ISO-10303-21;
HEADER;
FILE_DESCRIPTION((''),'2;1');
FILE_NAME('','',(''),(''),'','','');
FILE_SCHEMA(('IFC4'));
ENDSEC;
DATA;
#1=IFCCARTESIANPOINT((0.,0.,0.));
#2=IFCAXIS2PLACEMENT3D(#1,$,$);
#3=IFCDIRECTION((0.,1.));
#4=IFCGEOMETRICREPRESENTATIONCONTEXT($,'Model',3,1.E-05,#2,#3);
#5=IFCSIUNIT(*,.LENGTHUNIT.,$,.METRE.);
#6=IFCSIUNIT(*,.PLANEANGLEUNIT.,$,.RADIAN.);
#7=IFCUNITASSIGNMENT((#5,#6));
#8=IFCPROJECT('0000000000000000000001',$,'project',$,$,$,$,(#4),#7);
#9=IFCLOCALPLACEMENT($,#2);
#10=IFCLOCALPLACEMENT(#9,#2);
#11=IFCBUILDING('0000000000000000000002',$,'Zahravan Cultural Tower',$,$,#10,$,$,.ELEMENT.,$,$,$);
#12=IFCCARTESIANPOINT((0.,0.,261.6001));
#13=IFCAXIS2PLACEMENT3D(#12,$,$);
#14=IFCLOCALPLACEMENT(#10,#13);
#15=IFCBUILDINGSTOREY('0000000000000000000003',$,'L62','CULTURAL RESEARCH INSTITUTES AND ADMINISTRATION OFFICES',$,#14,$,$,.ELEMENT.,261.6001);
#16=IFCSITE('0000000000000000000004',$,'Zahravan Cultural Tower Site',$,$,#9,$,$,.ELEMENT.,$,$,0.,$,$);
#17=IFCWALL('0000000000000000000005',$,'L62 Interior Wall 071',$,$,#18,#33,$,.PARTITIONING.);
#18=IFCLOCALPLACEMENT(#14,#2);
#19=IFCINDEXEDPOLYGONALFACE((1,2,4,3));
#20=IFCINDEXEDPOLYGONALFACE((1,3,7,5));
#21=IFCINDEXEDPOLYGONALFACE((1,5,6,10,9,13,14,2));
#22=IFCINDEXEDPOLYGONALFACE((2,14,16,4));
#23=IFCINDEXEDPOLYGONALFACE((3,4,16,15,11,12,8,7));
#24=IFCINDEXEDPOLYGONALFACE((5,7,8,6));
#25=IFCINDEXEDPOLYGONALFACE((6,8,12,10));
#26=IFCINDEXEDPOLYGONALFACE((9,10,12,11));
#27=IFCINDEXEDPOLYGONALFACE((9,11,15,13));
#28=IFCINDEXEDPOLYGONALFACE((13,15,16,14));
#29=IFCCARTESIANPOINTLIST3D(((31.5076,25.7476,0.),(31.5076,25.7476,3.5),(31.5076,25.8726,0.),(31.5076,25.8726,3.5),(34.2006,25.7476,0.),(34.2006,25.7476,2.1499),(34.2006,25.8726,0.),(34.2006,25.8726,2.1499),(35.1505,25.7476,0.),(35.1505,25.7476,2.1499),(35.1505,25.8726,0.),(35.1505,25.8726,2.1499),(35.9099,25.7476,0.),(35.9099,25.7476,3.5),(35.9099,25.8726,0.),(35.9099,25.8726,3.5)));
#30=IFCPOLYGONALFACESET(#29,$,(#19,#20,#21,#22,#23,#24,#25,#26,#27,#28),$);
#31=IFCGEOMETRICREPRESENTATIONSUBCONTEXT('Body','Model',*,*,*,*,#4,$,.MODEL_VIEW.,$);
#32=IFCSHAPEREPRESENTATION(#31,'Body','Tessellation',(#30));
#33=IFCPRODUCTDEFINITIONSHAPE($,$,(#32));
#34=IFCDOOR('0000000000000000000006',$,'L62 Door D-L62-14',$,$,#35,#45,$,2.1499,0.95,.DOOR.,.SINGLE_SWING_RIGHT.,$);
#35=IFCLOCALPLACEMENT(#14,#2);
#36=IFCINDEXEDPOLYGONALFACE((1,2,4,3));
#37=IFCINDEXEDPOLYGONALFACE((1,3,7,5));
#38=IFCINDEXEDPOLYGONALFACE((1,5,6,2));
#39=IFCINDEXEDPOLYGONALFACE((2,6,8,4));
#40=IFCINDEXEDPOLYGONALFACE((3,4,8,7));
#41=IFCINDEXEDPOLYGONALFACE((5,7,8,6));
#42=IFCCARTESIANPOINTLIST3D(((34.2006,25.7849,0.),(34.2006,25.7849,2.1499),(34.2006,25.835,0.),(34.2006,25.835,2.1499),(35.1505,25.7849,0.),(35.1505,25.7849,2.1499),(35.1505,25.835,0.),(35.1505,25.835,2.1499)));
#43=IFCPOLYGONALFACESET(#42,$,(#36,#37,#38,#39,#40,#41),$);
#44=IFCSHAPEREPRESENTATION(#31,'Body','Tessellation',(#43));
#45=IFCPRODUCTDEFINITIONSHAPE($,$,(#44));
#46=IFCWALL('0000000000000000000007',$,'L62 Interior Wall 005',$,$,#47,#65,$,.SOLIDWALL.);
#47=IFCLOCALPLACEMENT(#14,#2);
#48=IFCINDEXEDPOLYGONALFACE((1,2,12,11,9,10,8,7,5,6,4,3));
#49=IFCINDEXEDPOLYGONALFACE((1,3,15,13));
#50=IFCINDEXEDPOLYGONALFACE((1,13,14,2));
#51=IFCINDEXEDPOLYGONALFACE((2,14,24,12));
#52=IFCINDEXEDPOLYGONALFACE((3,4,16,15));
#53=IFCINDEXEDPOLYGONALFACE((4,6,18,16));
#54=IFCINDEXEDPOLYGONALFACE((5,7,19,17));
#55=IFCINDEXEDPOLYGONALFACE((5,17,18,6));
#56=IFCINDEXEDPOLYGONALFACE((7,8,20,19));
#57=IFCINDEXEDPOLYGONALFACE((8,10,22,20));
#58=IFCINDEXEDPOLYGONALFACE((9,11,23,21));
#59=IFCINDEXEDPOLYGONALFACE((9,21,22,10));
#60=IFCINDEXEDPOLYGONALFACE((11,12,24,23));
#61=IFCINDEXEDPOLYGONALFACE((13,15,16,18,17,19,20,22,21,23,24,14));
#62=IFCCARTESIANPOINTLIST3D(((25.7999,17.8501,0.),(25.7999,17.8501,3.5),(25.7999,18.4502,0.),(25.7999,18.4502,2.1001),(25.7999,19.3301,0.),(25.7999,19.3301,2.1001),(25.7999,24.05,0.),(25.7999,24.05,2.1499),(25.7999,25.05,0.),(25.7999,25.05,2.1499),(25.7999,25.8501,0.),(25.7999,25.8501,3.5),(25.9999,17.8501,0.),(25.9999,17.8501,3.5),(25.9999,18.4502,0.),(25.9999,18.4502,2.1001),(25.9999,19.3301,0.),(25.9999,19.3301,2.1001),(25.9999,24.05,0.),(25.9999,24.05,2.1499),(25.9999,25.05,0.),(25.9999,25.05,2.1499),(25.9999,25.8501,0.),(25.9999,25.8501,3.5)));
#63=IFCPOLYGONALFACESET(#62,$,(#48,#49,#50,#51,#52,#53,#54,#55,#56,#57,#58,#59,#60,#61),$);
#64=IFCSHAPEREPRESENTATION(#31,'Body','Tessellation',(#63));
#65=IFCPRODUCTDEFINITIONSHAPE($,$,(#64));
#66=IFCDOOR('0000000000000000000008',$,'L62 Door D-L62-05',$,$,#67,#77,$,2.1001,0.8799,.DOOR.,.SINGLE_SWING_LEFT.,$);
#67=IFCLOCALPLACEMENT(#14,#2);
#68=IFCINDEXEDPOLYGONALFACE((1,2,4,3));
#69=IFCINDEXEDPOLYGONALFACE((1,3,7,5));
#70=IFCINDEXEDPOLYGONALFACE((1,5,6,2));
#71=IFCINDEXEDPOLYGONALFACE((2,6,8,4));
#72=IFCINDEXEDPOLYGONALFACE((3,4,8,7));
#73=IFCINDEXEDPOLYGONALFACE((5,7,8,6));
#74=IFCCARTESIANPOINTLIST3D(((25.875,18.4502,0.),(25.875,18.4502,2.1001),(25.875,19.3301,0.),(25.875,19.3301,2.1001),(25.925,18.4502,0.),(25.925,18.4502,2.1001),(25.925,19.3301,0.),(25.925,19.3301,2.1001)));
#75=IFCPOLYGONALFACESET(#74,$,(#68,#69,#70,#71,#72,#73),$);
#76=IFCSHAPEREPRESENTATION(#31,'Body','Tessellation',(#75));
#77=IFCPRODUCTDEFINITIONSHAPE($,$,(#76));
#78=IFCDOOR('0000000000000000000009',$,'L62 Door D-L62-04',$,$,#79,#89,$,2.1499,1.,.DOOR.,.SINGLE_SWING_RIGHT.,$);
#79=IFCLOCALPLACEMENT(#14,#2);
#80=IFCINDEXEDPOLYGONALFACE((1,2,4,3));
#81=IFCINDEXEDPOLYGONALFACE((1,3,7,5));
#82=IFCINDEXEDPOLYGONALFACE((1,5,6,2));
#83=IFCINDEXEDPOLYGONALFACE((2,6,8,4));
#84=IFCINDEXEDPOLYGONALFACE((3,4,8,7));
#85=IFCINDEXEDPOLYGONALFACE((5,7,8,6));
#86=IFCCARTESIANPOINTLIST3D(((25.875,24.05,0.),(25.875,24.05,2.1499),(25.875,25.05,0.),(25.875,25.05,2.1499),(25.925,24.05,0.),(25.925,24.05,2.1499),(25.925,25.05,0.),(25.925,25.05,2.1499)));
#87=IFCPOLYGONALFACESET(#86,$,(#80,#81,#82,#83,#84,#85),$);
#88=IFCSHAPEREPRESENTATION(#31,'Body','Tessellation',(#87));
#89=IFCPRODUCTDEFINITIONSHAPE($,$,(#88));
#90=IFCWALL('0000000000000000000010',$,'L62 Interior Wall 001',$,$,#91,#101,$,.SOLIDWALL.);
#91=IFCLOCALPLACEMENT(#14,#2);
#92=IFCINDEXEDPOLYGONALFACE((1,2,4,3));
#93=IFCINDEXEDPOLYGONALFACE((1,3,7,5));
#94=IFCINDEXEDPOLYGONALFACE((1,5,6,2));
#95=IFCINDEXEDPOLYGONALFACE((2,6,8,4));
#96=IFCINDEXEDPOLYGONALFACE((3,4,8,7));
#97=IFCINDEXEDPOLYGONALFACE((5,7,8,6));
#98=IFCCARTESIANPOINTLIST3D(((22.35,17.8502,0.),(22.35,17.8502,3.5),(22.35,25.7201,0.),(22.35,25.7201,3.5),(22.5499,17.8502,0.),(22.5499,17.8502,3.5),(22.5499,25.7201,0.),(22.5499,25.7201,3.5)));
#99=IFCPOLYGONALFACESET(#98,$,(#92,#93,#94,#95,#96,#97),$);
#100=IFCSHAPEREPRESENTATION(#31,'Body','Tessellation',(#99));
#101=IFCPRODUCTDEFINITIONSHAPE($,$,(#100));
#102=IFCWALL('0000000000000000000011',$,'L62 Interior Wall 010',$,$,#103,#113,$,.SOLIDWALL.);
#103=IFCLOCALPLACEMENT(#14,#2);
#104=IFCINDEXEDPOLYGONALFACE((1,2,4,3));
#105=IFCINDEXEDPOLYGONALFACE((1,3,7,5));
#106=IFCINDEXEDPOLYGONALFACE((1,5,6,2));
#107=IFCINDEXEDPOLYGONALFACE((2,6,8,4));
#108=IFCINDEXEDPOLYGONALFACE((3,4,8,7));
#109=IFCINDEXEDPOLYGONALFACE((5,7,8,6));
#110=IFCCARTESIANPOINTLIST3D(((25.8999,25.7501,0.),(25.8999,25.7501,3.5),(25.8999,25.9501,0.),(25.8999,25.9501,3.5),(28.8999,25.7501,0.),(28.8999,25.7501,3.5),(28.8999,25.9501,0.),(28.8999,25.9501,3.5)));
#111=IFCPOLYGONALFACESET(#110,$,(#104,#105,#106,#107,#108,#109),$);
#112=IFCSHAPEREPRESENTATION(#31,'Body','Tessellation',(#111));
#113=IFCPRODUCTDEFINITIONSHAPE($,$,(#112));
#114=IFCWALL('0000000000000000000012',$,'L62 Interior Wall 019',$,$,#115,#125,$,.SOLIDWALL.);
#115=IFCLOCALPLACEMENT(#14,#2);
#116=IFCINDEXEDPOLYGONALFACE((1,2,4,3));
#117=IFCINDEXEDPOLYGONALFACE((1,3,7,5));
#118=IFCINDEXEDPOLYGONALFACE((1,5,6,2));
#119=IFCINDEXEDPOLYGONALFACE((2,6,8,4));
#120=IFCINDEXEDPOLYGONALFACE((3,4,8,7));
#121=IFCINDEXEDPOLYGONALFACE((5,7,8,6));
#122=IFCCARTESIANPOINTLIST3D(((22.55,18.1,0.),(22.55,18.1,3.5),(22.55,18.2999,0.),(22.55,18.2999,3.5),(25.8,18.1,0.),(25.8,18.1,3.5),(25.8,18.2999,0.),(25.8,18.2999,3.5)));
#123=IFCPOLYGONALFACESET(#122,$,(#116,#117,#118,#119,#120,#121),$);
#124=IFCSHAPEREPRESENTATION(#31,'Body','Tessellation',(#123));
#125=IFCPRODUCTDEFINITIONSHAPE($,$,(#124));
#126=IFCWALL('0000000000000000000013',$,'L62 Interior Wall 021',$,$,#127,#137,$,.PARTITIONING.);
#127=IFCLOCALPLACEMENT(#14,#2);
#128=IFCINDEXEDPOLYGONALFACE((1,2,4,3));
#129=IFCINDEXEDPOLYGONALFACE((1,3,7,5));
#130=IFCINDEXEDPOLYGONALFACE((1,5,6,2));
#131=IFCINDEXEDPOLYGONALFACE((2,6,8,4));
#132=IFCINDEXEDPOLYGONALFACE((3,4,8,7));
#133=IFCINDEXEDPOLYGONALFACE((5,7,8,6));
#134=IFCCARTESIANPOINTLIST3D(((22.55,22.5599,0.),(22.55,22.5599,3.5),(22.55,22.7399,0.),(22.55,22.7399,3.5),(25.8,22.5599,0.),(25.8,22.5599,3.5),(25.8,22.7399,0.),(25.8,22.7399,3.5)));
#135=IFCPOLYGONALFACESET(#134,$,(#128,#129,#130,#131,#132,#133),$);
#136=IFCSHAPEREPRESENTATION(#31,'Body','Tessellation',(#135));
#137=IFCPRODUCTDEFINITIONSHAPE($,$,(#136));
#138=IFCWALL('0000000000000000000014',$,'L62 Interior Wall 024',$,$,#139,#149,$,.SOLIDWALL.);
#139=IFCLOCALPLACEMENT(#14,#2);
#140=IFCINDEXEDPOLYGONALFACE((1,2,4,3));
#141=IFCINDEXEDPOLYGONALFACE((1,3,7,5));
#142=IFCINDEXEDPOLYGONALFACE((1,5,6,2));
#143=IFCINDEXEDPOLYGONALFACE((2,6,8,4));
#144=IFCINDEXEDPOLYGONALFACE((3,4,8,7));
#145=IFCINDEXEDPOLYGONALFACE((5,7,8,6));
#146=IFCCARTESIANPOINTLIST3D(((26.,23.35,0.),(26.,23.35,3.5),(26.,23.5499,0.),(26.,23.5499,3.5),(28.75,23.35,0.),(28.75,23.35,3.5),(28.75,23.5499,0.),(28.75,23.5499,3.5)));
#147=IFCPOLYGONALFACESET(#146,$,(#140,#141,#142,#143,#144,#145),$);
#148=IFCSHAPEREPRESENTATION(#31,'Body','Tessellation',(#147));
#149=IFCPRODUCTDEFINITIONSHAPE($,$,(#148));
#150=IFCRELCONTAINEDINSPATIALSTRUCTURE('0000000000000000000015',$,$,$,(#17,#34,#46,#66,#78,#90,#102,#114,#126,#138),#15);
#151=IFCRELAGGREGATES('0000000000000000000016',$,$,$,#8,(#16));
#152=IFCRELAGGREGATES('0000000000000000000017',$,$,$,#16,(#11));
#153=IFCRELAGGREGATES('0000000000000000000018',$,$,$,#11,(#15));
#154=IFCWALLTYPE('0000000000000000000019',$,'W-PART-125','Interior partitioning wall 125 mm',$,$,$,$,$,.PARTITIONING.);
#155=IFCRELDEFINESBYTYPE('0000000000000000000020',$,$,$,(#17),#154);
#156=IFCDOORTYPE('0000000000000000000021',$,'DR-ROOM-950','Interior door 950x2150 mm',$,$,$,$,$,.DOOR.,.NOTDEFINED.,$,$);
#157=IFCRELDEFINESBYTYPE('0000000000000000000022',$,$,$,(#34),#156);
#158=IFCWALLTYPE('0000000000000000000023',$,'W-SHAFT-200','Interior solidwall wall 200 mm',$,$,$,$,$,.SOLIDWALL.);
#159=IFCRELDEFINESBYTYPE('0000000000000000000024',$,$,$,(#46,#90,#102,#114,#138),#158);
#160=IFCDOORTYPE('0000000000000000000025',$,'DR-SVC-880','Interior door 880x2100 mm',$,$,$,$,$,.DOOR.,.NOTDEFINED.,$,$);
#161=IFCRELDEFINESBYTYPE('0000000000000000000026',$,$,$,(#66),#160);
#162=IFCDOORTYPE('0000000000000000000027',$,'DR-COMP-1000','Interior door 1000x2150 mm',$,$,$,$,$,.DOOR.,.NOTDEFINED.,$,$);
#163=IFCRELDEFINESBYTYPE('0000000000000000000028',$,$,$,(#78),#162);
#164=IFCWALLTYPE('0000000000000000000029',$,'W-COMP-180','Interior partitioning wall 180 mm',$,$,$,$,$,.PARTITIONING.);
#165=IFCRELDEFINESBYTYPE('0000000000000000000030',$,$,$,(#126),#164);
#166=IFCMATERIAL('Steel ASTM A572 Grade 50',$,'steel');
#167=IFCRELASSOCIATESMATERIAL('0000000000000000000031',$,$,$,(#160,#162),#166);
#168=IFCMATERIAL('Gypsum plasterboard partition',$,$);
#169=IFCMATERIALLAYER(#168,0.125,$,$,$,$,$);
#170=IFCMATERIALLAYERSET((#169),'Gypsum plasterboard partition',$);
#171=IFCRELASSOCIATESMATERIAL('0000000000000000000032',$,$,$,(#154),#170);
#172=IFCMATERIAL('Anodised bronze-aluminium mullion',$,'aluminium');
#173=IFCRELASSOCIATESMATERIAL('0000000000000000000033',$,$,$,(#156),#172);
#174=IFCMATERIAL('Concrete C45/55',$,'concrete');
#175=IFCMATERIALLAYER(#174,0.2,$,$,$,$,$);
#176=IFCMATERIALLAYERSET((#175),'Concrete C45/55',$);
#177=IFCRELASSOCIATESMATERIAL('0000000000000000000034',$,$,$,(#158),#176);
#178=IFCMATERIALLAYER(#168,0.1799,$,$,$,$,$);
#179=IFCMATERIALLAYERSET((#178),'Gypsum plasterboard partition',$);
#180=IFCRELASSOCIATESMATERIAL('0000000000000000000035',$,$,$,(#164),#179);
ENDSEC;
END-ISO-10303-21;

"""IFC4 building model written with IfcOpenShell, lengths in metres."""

from ifc_helpers import new_model, si_unit, direction, frame, frame_2d, origin, place, context, subcontext, project, spatial, rectangle, extrude, source, transform, mapped, material, layer, layer_set, type_object, element, fill, save


model = new_model("IFC4")

# Units and contexts
model_context = context("Model", 3, precision=1e-05, world=origin(), true_north=direction((0.0, 1.0)))
body_context = subcontext(model_context, "Body", "Model", "MODEL_VIEW")
ifc_project = project(units=[si_unit("LENGTHUNIT", "METRE"), si_unit("PLANEANGLEUNIT", "RADIAN")], contexts=[model_context])

# Site, building, storey
site_placement = place(None, origin())
site = spatial("IfcSite", under=ifc_project, at=site_placement, Name="Zahravan Cultural Tower Site", CompositionType="ELEMENT", RefElevation=0.0)
building_placement = place(site_placement, origin())
building = spatial("IfcBuilding", under=site, at=building_placement, Name="Zahravan Cultural Tower", CompositionType="ELEMENT")
storey_placement = place(building_placement, frame((0.0, 0.0, 261.6001)))
storey = spatial("IfcBuildingStorey", under=building, at=storey_placement, Name="L62", Description="CULTURAL RESEARCH INSTITUTES AND ADMINISTRATION OFFICES", CompositionType="ELEMENT", Elevation=261.6001)

# Shared definitions
ifc_material_1 = material(Name="Steel ASTM A572 Grade 50", Category="steel")
door_type_1 = type_object("IfcDoorType", Name="DR-SVC-880", Description="Interior door 880x2100 mm", OperationType="NOTDEFINED", PredefinedType="DOOR", material=ifc_material_1)
shared_shape_1 = source(origin(), body_context, "Body", "SweptSolid", [
    extrude(rectangle(XDim=0.8799, YDim=2.1001, at=frame_2d((0.4399, 1.05))), frame((0.0, 0.0249, 0.0), z_axis=(0.0, -1.0, 0.0), x_axis=(1.0, 0.0, 0.0)), (0.0, 0.0, 1.0), 0.05),
])

# Wall, opening, door
ifc_material_2 = material(Name="Gypsum plasterboard partition")
ifc_layer_1 = layer(ifc_material_2, 0.125)
ifc_layer_set_1 = layer_set([ifc_layer_1], Name="Gypsum plasterboard partition")
wall_type_1 = type_object("IfcWallType", Name="W-PART-125", Description="Interior partitioning wall 125 mm", PredefinedType="PARTITIONING", material=ifc_layer_set_1)
ifc_material_3 = material(Name="Anodised bronze-aluminium mullion", Category="aluminium")
door_type_2 = type_object("IfcDoorType", Name="DR-ROOM-950", Description="Interior door 950x2150 mm", OperationType="NOTDEFINED", PredefinedType="DOOR", material=ifc_material_3)
shared_shape_2 = source(origin(), body_context, "Body", "SweptSolid", [
    extrude(rectangle(XDim=0.95, YDim=2.1499, at=frame_2d((0.4751, 1.075))), frame((0.0, 0.0249, 0.0), z_axis=(0.0, -1.0, 0.0), x_axis=(1.0, 0.0, 0.0)), (0.0, 0.0, 1.0), 0.05),
])
wall_1_placement = place(storey_placement, frame((31.5076, 25.8101, 0.0), z_axis=(0.0, 0.0, 1.0), x_axis=(1.0, 0.0, 0.0)))
wall_1 = element("IfcWall", 1, at=wall_1_placement, inside=storey, type_object=wall_type_1, Name="L62 Interior Wall 071", PredefinedType="PARTITIONING", context=body_context, shape_type="SweptSolid", body=[
    extrude(rectangle(XDim=4.4023, YDim=0.125, at=frame_2d((2.2012, 0.0))), origin(), (0.0, 0.0, 1.0), 3.5),
])
opening_1_placement = place(wall_1_placement, frame((2.6929, 0.0, 0.0)))
opening_1 = element("IfcOpeningElement", 2, at=opening_1_placement, cuts=wall_1, PredefinedType="OPENING", context=body_context, shape_type="SweptSolid", body=[
    extrude(rectangle(XDim=0.95, YDim=2.1499, at=frame_2d((0.4751, 1.075))), frame((0.0, 0.0725, 0.0), z_axis=(0.0, -1.0, 0.0), x_axis=(1.0, 0.0, 0.0)), (0.0, 0.0, 1.0), 0.145),
])
door_1_placement = place(opening_1_placement, origin())
door_1 = element("IfcDoor", 3, at=door_1_placement, inside=storey, type_object=door_type_2, Name="L62 Door D-L62-14", OperationType="SINGLE_SWING_RIGHT", OverallHeight=2.1499, OverallWidth=0.95, PredefinedType="DOOR", context=body_context, shape_type="MappedRepresentation", body=[
    mapped(shared_shape_2, transform((0.0, 0.0, 0.0), x_axis=(1.0, 0.0, 0.0), y_axis=(0.0, 1.0, 0.0), z_axis=(0.0, 0.0, 1.0), scale=1.0)),
])
fill(opening_1, door_1)

# Wall, openings, doors
ifc_material_4 = material(Name="Concrete C45/55", Category="concrete")
ifc_layer_2 = layer(ifc_material_4, 0.2)
ifc_layer_set_2 = layer_set([ifc_layer_2], Name="Concrete C45/55")
wall_type_2 = type_object("IfcWallType", Name="W-SHAFT-200", Description="Interior solidwall wall 200 mm", PredefinedType="SOLIDWALL", material=ifc_layer_set_2)
wall_2_placement = place(storey_placement, frame((25.8999, 17.8501, 0.0), z_axis=(0.0, 0.0, 1.0), x_axis=(0.0, 1.0, 0.0)))
wall_2 = element("IfcWall", 4, at=wall_2_placement, inside=storey, type_object=wall_type_2, Name="L62 Interior Wall 005", PredefinedType="SOLIDWALL", context=body_context, shape_type="SweptSolid", body=[
    extrude(rectangle(XDim=8.0, YDim=0.2, at=frame_2d((4.0, 0.0))), origin(), (0.0, 0.0, 1.0), 3.5),
])
opening_2_placement = place(wall_2_placement, frame((6.2, 0.0, 0.0)))
opening_2 = element("IfcOpeningElement", 5, at=opening_2_placement, cuts=wall_2, PredefinedType="OPENING", context=body_context, shape_type="SweptSolid", body=[
    extrude(rectangle(XDim=1.0, YDim=2.1499, at=frame_2d((0.5, 1.075))), frame((0.0, 0.1099, 0.0), z_axis=(0.0, -1.0, 0.0), x_axis=(1.0, 0.0, 0.0)), (0.0, 0.0, 1.0), 0.22),
])
opening_3_placement = place(wall_2_placement, frame((0.6001, 0.0, 0.0)))
opening_3 = element("IfcOpeningElement", 6, at=opening_3_placement, cuts=wall_2, PredefinedType="OPENING", context=body_context, shape_type="SweptSolid", body=[
    extrude(rectangle(XDim=0.8799, YDim=2.1001, at=frame_2d((0.4399, 1.05))), frame((0.0, 0.1099, 0.0), z_axis=(0.0, -1.0, 0.0), x_axis=(1.0, 0.0, 0.0)), (0.0, 0.0, 1.0), 0.22),
])
door_2_placement = place(opening_3_placement, origin())
door_2 = element("IfcDoor", 7, at=door_2_placement, inside=storey, type_object=door_type_1, Name="L62 Door D-L62-05", OperationType="SINGLE_SWING_LEFT", OverallHeight=2.1001, OverallWidth=0.8799, PredefinedType="DOOR", context=body_context, shape_type="MappedRepresentation", body=[
    mapped(shared_shape_1, transform((0.0, 0.0, 0.0), x_axis=(1.0, 0.0, 0.0), y_axis=(0.0, 1.0, 0.0), z_axis=(0.0, 0.0, 1.0), scale=1.0)),
])
fill(opening_3, door_2)
door_type_3 = type_object("IfcDoorType", Name="DR-COMP-1000", Description="Interior door 1000x2150 mm", OperationType="NOTDEFINED", PredefinedType="DOOR", material=ifc_material_1)
shared_shape_3 = source(origin(), body_context, "Body", "SweptSolid", [
    extrude(rectangle(XDim=1.0, YDim=2.1499, at=frame_2d((0.5, 1.075))), frame((0.0, 0.0249, 0.0), z_axis=(0.0, -1.0, 0.0), x_axis=(1.0, 0.0, 0.0)), (0.0, 0.0, 1.0), 0.05),
])
door_3_placement = place(opening_2_placement, origin())
door_3 = element("IfcDoor", 8, at=door_3_placement, inside=storey, type_object=door_type_3, Name="L62 Door D-L62-04", OperationType="SINGLE_SWING_RIGHT", OverallHeight=2.1499, OverallWidth=1.0, PredefinedType="DOOR", context=body_context, shape_type="MappedRepresentation", body=[
    mapped(shared_shape_3, transform((0.0, 0.0, 0.0), x_axis=(1.0, 0.0, 0.0), y_axis=(0.0, 1.0, 0.0), z_axis=(0.0, 0.0, 1.0), scale=1.0)),
])
fill(opening_2, door_3)

# Walls
shared_shape_4 = source(origin(), body_context, "Body", "SweptSolid", [
    extrude(rectangle(XDim=7.8699, YDim=0.2, at=frame_2d((3.9351, 0.0))), origin(), (0.0, 0.0, 1.0), 3.5),
])
wall_3_placement = place(storey_placement, frame((22.45, 17.8501, 0.0), z_axis=(0.0, 0.0, 1.0), x_axis=(0.0, 1.0, 0.0)))
element("IfcWall", 9, at=wall_3_placement, inside=storey, type_object=wall_type_2, Name="L62 Interior Wall 001", PredefinedType="SOLIDWALL", context=body_context, shape_type="MappedRepresentation", body=[
    mapped(shared_shape_4, transform((0.0, 0.0, 0.0), x_axis=(1.0, 0.0, 0.0), y_axis=(0.0, 1.0, 0.0), z_axis=(0.0, 0.0, 1.0), scale=1.0)),
])
shared_shape_5 = source(origin(), body_context, "Body", "SweptSolid", [
    extrude(rectangle(XDim=3.0, YDim=0.2, at=frame_2d((1.5, 0.0))), origin(), (0.0, 0.0, 1.0), 3.5),
])
wall_4_placement = place(storey_placement, frame((25.8999, 25.8501, 0.0), z_axis=(0.0, 0.0, 1.0), x_axis=(1.0, 0.0, 0.0)))
element("IfcWall", 10, at=wall_4_placement, inside=storey, type_object=wall_type_2, Name="L62 Interior Wall 010", PredefinedType="SOLIDWALL", context=body_context, shape_type="MappedRepresentation", body=[
    mapped(shared_shape_5, transform((0.0, 0.0, 0.0), x_axis=(1.0, 0.0, 0.0), y_axis=(0.0, 1.0, 0.0), z_axis=(0.0, 0.0, 1.0), scale=1.0)),
])
shared_shape_6 = source(origin(), body_context, "Body", "SweptSolid", [
    extrude(rectangle(XDim=3.25, YDim=0.2, at=frame_2d((1.625, 0.0))), origin(), (0.0, 0.0, 1.0), 3.5),
])
wall_5_placement = place(storey_placement, frame((22.55, 18.2, 0.0), z_axis=(0.0, 0.0, 1.0), x_axis=(1.0, 0.0, 0.0)))
element("IfcWall", 11, at=wall_5_placement, inside=storey, type_object=wall_type_2, Name="L62 Interior Wall 019", PredefinedType="SOLIDWALL", context=body_context, shape_type="MappedRepresentation", body=[
    mapped(shared_shape_6, transform((0.0, 0.0, 0.0), x_axis=(1.0, 0.0, 0.0), y_axis=(0.0, 1.0, 0.0), z_axis=(0.0, 0.0, 1.0), scale=1.0)),
])
ifc_layer_3 = layer(ifc_material_2, 0.1799)
ifc_layer_set_3 = layer_set([ifc_layer_3], Name="Gypsum plasterboard partition")
wall_type_3 = type_object("IfcWallType", Name="W-COMP-180", Description="Interior partitioning wall 180 mm", PredefinedType="PARTITIONING", material=ifc_layer_set_3)
shared_shape_7 = source(origin(), body_context, "Body", "SweptSolid", [
    extrude(rectangle(XDim=3.25, YDim=0.1799, at=frame_2d((1.625, 0.0))), origin(), (0.0, 0.0, 1.0), 3.5),
])
wall_6_placement = place(storey_placement, frame((22.55, 22.6499, 0.0), z_axis=(0.0, 0.0, 1.0), x_axis=(1.0, 0.0, 0.0)))
element("IfcWall", 12, at=wall_6_placement, inside=storey, type_object=wall_type_3, Name="L62 Interior Wall 021", PredefinedType="PARTITIONING", context=body_context, shape_type="MappedRepresentation", body=[
    mapped(shared_shape_7, transform((0.0, 0.0, 0.0), x_axis=(1.0, 0.0, 0.0), y_axis=(0.0, 1.0, 0.0), z_axis=(0.0, 0.0, 1.0), scale=1.0)),
])
shared_shape_8 = source(origin(), body_context, "Body", "SweptSolid", [
    extrude(rectangle(XDim=2.75, YDim=0.2, at=frame_2d((1.375, 0.0))), origin(), (0.0, 0.0, 1.0), 3.5),
])
wall_7_placement = place(storey_placement, frame((26.0, 23.45, 0.0), z_axis=(0.0, 0.0, 1.0), x_axis=(1.0, 0.0, 0.0)))
element("IfcWall", 13, at=wall_7_placement, inside=storey, type_object=wall_type_2, Name="L62 Interior Wall 024", PredefinedType="SOLIDWALL", context=body_context, shape_type="MappedRepresentation", body=[
    mapped(shared_shape_8, transform((0.0, 0.0, 0.0), x_axis=(1.0, 0.0, 0.0), y_axis=(0.0, 1.0, 0.0), z_axis=(0.0, 0.0, 1.0), scale=1.0)),
])

save(model, "model.ifc")
